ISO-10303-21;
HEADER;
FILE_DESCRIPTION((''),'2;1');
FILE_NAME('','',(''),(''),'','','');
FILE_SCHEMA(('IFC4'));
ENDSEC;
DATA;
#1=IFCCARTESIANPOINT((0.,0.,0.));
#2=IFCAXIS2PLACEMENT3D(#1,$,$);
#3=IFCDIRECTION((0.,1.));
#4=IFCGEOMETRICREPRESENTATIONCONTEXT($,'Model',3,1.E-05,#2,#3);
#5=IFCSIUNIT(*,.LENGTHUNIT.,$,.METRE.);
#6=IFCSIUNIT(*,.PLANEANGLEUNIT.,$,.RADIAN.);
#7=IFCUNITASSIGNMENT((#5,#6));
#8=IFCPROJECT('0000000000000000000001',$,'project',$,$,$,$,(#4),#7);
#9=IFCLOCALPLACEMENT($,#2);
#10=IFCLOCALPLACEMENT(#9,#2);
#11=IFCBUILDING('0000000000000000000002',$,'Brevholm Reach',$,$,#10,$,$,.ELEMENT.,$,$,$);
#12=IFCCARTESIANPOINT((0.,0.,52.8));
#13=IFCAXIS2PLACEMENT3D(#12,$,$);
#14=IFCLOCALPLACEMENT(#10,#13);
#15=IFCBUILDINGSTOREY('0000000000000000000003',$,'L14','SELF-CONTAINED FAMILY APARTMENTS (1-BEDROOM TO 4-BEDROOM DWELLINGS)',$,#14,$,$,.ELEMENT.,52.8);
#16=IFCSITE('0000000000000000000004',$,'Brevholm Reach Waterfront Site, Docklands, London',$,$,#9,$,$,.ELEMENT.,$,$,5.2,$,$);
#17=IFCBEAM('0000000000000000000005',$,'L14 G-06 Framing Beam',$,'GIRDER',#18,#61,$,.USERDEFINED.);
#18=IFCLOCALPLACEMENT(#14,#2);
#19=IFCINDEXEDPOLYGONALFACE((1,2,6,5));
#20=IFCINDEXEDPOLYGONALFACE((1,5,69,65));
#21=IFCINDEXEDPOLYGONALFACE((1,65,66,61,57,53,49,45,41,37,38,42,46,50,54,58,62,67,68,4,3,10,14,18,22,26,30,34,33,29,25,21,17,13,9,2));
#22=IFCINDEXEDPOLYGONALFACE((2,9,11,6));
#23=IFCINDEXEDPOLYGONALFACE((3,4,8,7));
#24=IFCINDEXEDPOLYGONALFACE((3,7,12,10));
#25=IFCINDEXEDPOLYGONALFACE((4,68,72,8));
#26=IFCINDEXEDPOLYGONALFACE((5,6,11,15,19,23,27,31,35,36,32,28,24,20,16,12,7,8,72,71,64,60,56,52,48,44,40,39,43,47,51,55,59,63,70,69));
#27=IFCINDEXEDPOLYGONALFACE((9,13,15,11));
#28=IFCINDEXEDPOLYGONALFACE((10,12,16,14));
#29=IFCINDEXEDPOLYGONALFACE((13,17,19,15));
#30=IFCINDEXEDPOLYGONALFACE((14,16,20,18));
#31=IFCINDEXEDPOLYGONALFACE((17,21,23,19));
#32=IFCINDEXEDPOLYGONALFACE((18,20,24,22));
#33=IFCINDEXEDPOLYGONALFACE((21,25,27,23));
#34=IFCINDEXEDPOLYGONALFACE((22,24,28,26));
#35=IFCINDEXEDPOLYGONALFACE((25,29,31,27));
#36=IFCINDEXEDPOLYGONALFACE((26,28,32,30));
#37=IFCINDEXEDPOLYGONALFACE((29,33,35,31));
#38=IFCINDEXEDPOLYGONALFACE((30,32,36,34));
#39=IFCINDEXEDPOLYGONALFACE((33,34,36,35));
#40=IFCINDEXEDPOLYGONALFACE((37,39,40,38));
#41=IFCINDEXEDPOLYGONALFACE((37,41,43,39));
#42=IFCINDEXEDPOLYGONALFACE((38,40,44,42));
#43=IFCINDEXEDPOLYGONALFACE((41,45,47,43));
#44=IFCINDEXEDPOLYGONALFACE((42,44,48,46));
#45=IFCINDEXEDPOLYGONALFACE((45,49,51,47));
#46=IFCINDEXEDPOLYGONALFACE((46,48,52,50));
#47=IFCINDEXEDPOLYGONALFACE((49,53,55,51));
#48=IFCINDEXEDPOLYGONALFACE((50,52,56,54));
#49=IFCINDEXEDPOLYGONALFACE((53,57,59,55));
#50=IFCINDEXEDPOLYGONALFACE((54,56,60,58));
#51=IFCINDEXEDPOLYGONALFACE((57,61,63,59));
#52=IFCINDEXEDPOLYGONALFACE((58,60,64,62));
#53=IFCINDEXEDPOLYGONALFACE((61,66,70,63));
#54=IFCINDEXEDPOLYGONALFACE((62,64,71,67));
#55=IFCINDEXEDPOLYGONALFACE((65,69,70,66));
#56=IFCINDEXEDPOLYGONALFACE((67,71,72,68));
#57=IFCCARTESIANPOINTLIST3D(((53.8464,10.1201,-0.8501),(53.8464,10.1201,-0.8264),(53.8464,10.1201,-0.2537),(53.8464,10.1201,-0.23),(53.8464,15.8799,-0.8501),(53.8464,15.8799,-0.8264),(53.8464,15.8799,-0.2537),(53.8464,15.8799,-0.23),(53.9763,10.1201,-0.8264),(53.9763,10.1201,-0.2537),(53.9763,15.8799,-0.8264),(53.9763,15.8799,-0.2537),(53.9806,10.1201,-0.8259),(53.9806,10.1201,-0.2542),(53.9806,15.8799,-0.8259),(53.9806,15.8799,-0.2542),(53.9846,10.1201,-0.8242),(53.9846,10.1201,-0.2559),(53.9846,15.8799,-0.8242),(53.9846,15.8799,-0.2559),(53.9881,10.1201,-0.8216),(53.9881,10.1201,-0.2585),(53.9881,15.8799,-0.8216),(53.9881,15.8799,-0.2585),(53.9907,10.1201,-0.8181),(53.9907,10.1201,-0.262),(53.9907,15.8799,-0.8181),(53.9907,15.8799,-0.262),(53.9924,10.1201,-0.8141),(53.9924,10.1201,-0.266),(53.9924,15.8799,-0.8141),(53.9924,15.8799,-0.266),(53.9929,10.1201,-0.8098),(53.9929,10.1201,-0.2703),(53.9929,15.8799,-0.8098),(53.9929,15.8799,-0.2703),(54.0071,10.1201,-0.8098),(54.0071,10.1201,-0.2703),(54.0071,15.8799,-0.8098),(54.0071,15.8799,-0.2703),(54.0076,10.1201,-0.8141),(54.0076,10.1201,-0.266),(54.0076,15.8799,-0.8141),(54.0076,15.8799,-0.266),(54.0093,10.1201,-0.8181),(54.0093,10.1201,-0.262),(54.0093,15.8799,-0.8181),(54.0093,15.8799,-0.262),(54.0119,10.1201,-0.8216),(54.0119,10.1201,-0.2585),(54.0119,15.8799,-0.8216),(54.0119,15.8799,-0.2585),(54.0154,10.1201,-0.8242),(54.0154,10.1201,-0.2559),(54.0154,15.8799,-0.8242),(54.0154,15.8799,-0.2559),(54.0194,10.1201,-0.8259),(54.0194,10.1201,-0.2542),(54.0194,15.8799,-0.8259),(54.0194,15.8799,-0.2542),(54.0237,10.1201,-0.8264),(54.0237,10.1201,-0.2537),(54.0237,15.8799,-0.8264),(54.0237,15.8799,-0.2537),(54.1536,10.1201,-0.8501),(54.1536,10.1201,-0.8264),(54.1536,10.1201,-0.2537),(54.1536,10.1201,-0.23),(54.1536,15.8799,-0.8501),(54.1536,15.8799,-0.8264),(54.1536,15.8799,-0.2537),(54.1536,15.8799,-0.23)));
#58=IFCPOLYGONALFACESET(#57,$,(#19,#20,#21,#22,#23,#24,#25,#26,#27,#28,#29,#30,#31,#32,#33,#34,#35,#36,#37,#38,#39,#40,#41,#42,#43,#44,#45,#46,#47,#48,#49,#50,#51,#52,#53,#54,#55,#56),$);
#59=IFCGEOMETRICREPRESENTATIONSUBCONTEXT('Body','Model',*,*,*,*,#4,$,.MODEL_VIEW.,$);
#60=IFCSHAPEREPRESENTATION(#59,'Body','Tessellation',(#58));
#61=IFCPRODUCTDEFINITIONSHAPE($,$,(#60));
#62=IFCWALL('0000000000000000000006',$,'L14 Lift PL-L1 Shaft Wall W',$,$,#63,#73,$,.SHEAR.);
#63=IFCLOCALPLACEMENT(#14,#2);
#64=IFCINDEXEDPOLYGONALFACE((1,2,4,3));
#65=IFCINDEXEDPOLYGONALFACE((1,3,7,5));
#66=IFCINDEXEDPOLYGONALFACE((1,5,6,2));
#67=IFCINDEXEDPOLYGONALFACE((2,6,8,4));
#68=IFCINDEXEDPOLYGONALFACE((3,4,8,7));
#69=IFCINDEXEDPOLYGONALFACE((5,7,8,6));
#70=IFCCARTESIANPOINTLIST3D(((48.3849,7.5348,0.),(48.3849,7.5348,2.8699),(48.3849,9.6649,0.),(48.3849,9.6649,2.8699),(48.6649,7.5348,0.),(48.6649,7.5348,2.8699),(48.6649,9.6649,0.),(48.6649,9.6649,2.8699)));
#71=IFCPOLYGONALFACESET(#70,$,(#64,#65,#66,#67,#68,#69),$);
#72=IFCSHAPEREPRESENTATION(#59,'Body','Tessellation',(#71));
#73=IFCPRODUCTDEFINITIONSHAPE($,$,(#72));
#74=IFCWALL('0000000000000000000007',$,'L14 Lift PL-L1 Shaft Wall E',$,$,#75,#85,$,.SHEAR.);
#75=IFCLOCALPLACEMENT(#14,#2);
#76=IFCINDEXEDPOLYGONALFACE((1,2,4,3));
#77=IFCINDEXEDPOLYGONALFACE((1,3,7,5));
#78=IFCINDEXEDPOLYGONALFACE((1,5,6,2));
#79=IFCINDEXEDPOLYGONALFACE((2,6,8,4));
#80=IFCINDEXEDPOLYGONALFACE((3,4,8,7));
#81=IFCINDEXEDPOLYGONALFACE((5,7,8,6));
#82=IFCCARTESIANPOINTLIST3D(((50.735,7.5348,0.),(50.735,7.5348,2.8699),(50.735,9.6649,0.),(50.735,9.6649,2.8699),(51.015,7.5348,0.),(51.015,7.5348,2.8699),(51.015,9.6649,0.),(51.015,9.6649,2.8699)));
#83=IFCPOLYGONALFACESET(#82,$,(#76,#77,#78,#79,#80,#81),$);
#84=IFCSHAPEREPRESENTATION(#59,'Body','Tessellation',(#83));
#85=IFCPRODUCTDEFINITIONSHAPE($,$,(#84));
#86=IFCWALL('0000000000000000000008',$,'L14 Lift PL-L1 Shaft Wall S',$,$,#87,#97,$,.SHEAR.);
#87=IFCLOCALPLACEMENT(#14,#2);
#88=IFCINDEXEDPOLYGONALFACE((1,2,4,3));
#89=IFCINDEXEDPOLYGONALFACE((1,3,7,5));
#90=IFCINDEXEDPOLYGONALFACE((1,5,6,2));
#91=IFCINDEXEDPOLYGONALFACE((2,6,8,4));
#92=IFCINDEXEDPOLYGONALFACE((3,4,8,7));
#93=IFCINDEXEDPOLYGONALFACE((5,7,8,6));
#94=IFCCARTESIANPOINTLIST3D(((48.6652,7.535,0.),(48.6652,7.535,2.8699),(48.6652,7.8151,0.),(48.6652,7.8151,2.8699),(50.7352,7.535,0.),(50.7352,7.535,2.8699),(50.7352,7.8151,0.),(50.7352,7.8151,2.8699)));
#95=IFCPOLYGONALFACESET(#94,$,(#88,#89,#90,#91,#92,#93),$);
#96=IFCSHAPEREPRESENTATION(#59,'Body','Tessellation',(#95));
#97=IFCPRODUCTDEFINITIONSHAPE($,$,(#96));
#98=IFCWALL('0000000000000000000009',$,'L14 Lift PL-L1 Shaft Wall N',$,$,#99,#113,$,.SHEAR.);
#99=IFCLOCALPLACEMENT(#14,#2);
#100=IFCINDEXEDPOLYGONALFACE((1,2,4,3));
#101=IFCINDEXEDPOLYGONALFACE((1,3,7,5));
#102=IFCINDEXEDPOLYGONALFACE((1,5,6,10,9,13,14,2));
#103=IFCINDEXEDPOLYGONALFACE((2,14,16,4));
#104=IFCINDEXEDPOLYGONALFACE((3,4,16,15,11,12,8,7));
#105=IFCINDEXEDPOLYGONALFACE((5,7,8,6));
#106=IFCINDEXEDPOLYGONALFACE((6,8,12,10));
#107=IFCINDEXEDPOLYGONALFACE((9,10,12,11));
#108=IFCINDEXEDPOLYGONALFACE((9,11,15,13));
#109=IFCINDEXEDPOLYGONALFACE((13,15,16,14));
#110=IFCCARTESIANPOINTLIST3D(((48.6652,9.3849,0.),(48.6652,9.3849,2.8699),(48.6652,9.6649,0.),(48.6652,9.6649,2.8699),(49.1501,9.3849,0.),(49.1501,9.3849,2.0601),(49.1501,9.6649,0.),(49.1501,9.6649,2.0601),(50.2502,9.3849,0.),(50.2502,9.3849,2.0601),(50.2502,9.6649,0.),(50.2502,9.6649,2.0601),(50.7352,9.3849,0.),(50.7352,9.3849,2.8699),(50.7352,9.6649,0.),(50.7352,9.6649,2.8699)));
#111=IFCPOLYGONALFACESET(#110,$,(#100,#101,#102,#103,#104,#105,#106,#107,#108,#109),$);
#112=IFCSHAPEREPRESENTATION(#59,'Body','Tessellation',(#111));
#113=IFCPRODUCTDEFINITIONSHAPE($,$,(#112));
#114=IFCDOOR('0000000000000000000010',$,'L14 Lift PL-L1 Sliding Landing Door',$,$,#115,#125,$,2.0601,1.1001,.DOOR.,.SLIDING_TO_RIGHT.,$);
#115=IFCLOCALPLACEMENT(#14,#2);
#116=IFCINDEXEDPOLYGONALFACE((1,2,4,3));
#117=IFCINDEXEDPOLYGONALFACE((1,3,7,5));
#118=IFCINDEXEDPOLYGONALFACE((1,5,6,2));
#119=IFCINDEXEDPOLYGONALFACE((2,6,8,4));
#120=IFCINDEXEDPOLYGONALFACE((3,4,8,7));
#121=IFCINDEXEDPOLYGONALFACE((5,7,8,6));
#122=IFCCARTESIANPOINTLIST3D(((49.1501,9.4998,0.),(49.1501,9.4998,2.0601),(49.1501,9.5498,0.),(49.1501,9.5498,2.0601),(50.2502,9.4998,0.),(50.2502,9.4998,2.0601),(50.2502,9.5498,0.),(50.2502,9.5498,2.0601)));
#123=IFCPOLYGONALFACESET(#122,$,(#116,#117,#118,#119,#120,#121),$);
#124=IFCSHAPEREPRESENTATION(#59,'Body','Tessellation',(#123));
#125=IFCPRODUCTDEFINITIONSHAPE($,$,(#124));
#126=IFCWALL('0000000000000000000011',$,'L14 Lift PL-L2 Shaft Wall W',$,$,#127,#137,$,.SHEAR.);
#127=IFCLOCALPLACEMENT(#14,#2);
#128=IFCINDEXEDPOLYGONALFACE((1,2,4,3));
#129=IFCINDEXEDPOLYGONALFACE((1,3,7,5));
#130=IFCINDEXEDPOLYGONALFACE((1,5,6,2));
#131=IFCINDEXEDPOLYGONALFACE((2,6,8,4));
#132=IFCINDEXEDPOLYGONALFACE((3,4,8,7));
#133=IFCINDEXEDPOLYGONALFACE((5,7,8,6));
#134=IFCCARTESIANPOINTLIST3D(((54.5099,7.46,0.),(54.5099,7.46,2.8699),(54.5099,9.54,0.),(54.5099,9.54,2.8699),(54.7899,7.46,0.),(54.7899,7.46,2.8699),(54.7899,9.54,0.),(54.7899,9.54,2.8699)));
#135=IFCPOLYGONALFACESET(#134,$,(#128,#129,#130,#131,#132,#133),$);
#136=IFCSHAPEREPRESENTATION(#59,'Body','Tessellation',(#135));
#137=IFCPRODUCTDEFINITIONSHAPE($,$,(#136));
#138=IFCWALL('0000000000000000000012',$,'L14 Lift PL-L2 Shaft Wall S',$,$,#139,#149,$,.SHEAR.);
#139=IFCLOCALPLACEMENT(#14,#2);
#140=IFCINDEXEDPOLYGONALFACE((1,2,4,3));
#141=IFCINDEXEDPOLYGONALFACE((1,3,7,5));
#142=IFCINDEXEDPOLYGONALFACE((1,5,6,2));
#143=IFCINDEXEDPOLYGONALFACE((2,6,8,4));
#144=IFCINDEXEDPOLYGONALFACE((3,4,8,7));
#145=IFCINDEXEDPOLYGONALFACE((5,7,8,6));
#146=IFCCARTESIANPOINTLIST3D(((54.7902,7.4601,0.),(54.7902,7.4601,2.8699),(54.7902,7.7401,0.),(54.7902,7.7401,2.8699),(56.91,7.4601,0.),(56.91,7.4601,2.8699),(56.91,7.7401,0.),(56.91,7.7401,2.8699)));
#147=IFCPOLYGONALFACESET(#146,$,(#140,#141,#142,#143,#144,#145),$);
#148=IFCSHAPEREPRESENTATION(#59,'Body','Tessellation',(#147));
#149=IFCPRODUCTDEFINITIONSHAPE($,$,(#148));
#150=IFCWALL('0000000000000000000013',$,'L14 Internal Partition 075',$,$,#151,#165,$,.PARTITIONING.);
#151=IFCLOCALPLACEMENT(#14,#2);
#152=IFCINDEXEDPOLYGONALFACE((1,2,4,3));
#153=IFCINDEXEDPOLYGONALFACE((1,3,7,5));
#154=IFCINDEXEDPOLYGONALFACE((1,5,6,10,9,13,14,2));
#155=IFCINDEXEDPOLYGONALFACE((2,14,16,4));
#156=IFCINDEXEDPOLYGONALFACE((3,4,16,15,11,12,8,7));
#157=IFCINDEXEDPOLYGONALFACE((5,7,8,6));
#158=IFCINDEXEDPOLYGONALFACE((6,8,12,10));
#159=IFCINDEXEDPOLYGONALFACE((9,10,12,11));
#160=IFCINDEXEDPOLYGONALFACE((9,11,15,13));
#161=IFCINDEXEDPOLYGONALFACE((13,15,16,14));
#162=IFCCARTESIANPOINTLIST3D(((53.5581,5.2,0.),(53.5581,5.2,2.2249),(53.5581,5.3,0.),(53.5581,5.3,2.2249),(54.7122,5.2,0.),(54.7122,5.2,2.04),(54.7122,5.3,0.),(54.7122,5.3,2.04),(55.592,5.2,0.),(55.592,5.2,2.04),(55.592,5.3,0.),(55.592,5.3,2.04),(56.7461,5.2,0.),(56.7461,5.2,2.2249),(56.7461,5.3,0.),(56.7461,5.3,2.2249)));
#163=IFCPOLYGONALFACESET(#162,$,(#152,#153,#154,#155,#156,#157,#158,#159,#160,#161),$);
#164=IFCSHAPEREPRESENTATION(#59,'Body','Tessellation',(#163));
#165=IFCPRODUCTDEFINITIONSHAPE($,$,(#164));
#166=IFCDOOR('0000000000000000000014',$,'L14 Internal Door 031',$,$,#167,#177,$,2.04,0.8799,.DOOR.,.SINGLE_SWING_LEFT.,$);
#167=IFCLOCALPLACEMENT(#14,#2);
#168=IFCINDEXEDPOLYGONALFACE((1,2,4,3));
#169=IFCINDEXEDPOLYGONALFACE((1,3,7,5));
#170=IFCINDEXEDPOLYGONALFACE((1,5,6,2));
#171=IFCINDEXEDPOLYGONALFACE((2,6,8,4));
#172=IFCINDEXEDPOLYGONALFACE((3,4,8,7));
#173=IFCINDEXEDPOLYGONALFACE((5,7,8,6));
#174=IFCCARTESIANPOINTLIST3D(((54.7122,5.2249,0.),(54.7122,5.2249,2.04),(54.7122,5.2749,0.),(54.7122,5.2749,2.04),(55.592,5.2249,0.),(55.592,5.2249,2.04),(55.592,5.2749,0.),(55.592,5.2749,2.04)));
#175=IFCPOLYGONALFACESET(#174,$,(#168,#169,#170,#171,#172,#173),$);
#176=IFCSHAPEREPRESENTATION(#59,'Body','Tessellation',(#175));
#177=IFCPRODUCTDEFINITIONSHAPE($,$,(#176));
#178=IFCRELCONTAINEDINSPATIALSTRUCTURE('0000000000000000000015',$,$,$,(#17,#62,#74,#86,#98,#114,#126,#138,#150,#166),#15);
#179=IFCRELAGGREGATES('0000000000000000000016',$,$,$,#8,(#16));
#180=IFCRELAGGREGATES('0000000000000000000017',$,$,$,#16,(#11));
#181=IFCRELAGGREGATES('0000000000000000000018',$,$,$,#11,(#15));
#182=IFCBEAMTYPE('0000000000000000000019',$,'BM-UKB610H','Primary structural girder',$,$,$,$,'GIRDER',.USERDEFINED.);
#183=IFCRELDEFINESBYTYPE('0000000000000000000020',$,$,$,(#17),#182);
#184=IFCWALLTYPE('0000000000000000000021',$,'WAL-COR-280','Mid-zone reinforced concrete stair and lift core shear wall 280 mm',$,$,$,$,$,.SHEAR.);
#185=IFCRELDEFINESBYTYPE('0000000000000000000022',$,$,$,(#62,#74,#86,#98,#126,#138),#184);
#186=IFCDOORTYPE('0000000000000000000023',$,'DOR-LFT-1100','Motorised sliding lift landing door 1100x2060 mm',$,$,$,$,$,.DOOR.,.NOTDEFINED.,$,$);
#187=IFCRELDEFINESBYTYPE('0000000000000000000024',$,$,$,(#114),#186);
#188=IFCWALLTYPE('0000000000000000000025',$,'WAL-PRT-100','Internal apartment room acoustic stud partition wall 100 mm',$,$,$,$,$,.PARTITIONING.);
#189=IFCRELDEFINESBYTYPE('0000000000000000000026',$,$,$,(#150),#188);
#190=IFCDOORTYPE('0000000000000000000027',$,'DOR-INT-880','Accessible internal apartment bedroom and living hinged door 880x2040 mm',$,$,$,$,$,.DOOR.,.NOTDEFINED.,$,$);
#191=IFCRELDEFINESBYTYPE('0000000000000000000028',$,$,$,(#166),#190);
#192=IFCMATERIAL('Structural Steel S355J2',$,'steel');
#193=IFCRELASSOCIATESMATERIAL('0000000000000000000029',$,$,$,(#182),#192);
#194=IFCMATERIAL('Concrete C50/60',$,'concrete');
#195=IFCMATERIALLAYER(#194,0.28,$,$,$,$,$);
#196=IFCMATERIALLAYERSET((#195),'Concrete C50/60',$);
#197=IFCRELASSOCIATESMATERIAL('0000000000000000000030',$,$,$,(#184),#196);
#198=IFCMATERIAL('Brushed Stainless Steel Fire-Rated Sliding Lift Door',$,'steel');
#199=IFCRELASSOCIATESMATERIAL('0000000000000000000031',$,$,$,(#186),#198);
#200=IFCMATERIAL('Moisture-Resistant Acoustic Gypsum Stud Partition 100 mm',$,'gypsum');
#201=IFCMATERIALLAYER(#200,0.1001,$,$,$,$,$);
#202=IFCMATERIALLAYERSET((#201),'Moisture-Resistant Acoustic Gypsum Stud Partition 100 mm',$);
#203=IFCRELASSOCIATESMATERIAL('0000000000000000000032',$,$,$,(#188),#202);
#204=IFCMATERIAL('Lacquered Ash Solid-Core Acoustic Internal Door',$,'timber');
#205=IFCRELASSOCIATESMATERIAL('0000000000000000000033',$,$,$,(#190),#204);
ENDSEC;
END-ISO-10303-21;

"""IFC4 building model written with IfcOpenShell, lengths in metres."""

from ifc_helpers import new_model, si_unit, direction, frame, frame_2d, origin, origin_2d, place, context, subcontext, project, spatial, rectangle, i_section, extrude, material, layer, layer_set, material_profile, profile_set, type_object, element, fill, save


model = new_model("IFC4")

# Units and contexts
model_context = context("Model", 3, precision=1e-05, world=origin(), true_north=direction((0.0, 1.0)))
body_context = subcontext(model_context, "Body", "Model", "MODEL_VIEW")
ifc_project = project(units=[si_unit("LENGTHUNIT", "METRE"), si_unit("PLANEANGLEUNIT", "RADIAN")], contexts=[model_context])

# Site, building, storey
site_placement = place(None, origin())
site = spatial("IfcSite", under=ifc_project, at=site_placement, Name="Brevholm Reach Waterfront Site, Docklands, London", CompositionType="ELEMENT", RefElevation=5.2)
building_placement = place(site_placement, origin())
building = spatial("IfcBuilding", under=site, at=building_placement, Name="Brevholm Reach", CompositionType="ELEMENT")
storey_placement = place(building_placement, frame((0.0, 0.0, 52.8)))
storey = spatial("IfcBuildingStorey", under=building, at=storey_placement, Name="L14", Description="SELF-CONTAINED FAMILY APARTMENTS (1-BEDROOM TO 4-BEDROOM DWELLINGS)", CompositionType="ELEMENT", Elevation=52.8)

# Beam
ifc_material_1 = material(Name="Structural Steel S355J2", Category="steel")
ifc_material_profile_1 = material_profile(ifc_material_1, i_section(OverallWidth=0.3071, OverallDepth=0.6201, WebThickness=0.0142, FlangeThickness=0.0237, FilletRadius=0.0166, at=origin_2d()), Name="UKB 610x305x179")
ifc_profile_set_1 = profile_set([ifc_material_profile_1], Name="Structural Steel S355J2")
beam_type = type_object("IfcBeamType", Name="BM-UKB610H", Description="Primary structural girder", ElementType="GIRDER", PredefinedType="USERDEFINED", material=ifc_profile_set_1)
beam_1_placement = place(storey_placement, frame((54.0, 10.1201, -0.54), z_axis=(0.0, 1.0, 0.0), x_axis=(-1.0, 0.0, 0.0)))
element("IfcBeam", 1, at=beam_1_placement, inside=storey, type_object=beam_type, Name="L14 G-06 Framing Beam", ObjectType="GIRDER", PredefinedType="USERDEFINED", context=body_context, shape_type="SweptSolid", body=[
    extrude(i_section(OverallWidth=0.3071, OverallDepth=0.6201, WebThickness=0.0142, FlangeThickness=0.0237, FilletRadius=0.0166, at=origin_2d()), origin(), (0.0, 0.0, 1.0), 5.7598),
])

# Walls
ifc_material_2 = material(Name="Concrete C50/60", Category="concrete")
ifc_layer_1 = layer(ifc_material_2, 0.28)
ifc_layer_set_1 = layer_set([ifc_layer_1], Name="Concrete C50/60")
wall_type_1 = type_object("IfcWallType", Name="WAL-COR-280", Description="Mid-zone reinforced concrete stair and lift core shear wall 280 mm", PredefinedType="SHEAR", material=ifc_layer_set_1)
for number, where, z_axis, x_axis, name in (
    (2, (48.5249, 7.5349, 0.0), (0.0, 0.0, 1.0), (0.0, 1.0, 0.0), "L14 Lift PL-L1 Shaft Wall W"),
    (3, (50.875, 7.5349, 0.0), (0.0, 0.0, 1.0), (0.0, 1.0, 0.0), "L14 Lift PL-L1 Shaft Wall E"),
):
    element("IfcWall", number, at=place(storey_placement, frame(where, z_axis=z_axis, x_axis=x_axis)), inside=storey, type_object=wall_type_1, Name=name, PredefinedType="SHEAR", context=body_context, shape_type="SweptSolid", body=[
        extrude(rectangle(XDim=2.1301, YDim=0.28, at=frame_2d((1.0649, 0.0))), origin(), (0.0, 0.0, 1.0), 2.8699),
    ])
wall_1_placement = place(storey_placement, frame((48.665, 7.675, 0.0), z_axis=(0.0, 0.0, 1.0), x_axis=(1.0, 0.0, 0.0)))
element("IfcWall", 4, at=wall_1_placement, inside=storey, type_object=wall_type_1, Name="L14 Lift PL-L1 Shaft Wall S", PredefinedType="SHEAR", context=body_context, shape_type="SweptSolid", body=[
    extrude(rectangle(XDim=2.0701, YDim=0.28, at=frame_2d((1.0352, 0.0))), origin(), (0.0, 0.0, 1.0), 2.8699),
])

# Wall, opening, door
wall_2_placement = place(storey_placement, frame((48.665, 9.5249, 0.0), z_axis=(0.0, 0.0, 1.0), x_axis=(1.0, 0.0, 0.0)))
wall_2 = element("IfcWall", 5, at=wall_2_placement, inside=storey, type_object=wall_type_1, Name="L14 Lift PL-L1 Shaft Wall N", PredefinedType="SHEAR", context=body_context, shape_type="SweptSolid", body=[
    extrude(rectangle(XDim=2.0701, YDim=0.28, at=frame_2d((1.0352, 0.0))), origin(), (0.0, 0.0, 1.0), 2.8699),
])
opening_1_placement = place(wall_2_placement, frame((0.4851, 0.0, 0.0)))
opening_1 = element("IfcOpeningElement", 6, at=opening_1_placement, cuts=wall_2, PredefinedType="OPENING", context=body_context, shape_type="SweptSolid", body=[
    extrude(rectangle(XDim=1.1001, YDim=2.0601, at=frame_2d((0.55, 1.03))), frame((0.0, 0.1499, 0.0), z_axis=(0.0, -1.0, 0.0), x_axis=(1.0, 0.0, 0.0)), (0.0, 0.0, 1.0), 0.3),
])
ifc_material_3 = material(Name="Brushed Stainless Steel Fire-Rated Sliding Lift Door", Category="steel")
door_type_1 = type_object("IfcDoorType", Name="DOR-LFT-1100", Description="Motorised sliding lift landing door 1100x2060 mm", OperationType="NOTDEFINED", PredefinedType="DOOR", material=ifc_material_3)
door_1_placement = place(opening_1_placement, origin())
door_1 = element("IfcDoor", 7, at=door_1_placement, inside=storey, type_object=door_type_1, Name="L14 Lift PL-L1 Sliding Landing Door", OperationType="SLIDING_TO_RIGHT", OverallHeight=2.0601, OverallWidth=1.1001, PredefinedType="DOOR", context=body_context, shape_type="SweptSolid", body=[
    extrude(rectangle(XDim=1.1001, YDim=2.0601, at=frame_2d((0.55, 1.03))), frame((0.0, 0.0249, 0.0), z_axis=(0.0, -1.0, 0.0), x_axis=(1.0, 0.0, 0.0)), (0.0, 0.0, 1.0), 0.05),
])
fill(opening_1, door_1)

# Walls
wall_3_placement = place(storey_placement, frame((54.6499, 7.46, 0.0), z_axis=(0.0, 0.0, 1.0), x_axis=(0.0, 1.0, 0.0)))
element("IfcWall", 8, at=wall_3_placement, inside=storey, type_object=wall_type_1, Name="L14 Lift PL-L2 Shaft Wall W", PredefinedType="SHEAR", context=body_context, shape_type="SweptSolid", body=[
    extrude(rectangle(XDim=2.0801, YDim=0.28, at=frame_2d((1.04, 0.0))), origin(), (0.0, 0.0, 1.0), 2.8699),
])
wall_4_placement = place(storey_placement, frame((54.79, 7.6001, 0.0), z_axis=(0.0, 0.0, 1.0), x_axis=(1.0, 0.0, 0.0)))
element("IfcWall", 9, at=wall_4_placement, inside=storey, type_object=wall_type_1, Name="L14 Lift PL-L2 Shaft Wall S", PredefinedType="SHEAR", context=body_context, shape_type="SweptSolid", body=[
    extrude(rectangle(XDim=2.1199, YDim=0.28, at=frame_2d((1.0601, 0.0))), origin(), (0.0, 0.0, 1.0), 2.8699),
])

# Wall, opening, door
ifc_material_4 = material(Name="Moisture-Resistant Acoustic Gypsum Stud Partition 100 mm", Category="gypsum")
ifc_layer_2 = layer(ifc_material_4, 0.1001)
ifc_layer_set_2 = layer_set([ifc_layer_2], Name="Moisture-Resistant Acoustic Gypsum Stud Partition 100 mm")
wall_type_2 = type_object("IfcWallType", Name="WAL-PRT-100", Description="Internal apartment room acoustic stud partition wall 100 mm", PredefinedType="PARTITIONING", material=ifc_layer_set_2)
wall_5_placement = place(storey_placement, frame((53.5581, 5.25, 0.0), z_axis=(0.0, 0.0, 1.0), x_axis=(1.0, 0.0, 0.0)))
wall_5 = element("IfcWall", 10, at=wall_5_placement, inside=storey, type_object=wall_type_2, Name="L14 Internal Partition 075", PredefinedType="PARTITIONING", context=body_context, shape_type="SweptSolid", body=[
    extrude(rectangle(XDim=3.188, YDim=0.1001, at=frame_2d((1.594, 0.0))), origin(), (0.0, 0.0, 1.0), 2.2249),
])
opening_2_placement = place(wall_5_placement, frame((1.1541, 0.0, 0.0)))
opening_2 = element("IfcOpeningElement", 11, at=opening_2_placement, cuts=wall_5, PredefinedType="OPENING", context=body_context, shape_type="SweptSolid", body=[
    extrude(rectangle(XDim=0.8799, YDim=2.04, at=frame_2d((0.4399, 1.02))), frame((0.0, 0.0601, 0.0), z_axis=(0.0, -1.0, 0.0), x_axis=(1.0, 0.0, 0.0)), (0.0, 0.0, 1.0), 0.1201),
])
ifc_material_5 = material(Name="Lacquered Ash Solid-Core Acoustic Internal Door", Category="timber")
door_type_2 = type_object("IfcDoorType", Name="DOR-INT-880", Description="Accessible internal apartment bedroom and living hinged door 880x2040 mm", OperationType="NOTDEFINED", PredefinedType="DOOR", material=ifc_material_5)
door_2_placement = place(opening_2_placement, origin())
door_2 = element("IfcDoor", 12, at=door_2_placement, inside=storey, type_object=door_type_2, Name="L14 Internal Door 031", OperationType="SINGLE_SWING_LEFT", OverallHeight=2.04, OverallWidth=0.8799, PredefinedType="DOOR", context=body_context, shape_type="SweptSolid", body=[
    extrude(rectangle(XDim=0.8799, YDim=2.04, at=frame_2d((0.4399, 1.02))), frame((0.0, 0.0249, 0.0), z_axis=(0.0, -1.0, 0.0), x_axis=(1.0, 0.0, 0.0)), (0.0, 0.0, 1.0), 0.05),
])
fill(opening_2, door_2)

save(model, "model.ifc")
